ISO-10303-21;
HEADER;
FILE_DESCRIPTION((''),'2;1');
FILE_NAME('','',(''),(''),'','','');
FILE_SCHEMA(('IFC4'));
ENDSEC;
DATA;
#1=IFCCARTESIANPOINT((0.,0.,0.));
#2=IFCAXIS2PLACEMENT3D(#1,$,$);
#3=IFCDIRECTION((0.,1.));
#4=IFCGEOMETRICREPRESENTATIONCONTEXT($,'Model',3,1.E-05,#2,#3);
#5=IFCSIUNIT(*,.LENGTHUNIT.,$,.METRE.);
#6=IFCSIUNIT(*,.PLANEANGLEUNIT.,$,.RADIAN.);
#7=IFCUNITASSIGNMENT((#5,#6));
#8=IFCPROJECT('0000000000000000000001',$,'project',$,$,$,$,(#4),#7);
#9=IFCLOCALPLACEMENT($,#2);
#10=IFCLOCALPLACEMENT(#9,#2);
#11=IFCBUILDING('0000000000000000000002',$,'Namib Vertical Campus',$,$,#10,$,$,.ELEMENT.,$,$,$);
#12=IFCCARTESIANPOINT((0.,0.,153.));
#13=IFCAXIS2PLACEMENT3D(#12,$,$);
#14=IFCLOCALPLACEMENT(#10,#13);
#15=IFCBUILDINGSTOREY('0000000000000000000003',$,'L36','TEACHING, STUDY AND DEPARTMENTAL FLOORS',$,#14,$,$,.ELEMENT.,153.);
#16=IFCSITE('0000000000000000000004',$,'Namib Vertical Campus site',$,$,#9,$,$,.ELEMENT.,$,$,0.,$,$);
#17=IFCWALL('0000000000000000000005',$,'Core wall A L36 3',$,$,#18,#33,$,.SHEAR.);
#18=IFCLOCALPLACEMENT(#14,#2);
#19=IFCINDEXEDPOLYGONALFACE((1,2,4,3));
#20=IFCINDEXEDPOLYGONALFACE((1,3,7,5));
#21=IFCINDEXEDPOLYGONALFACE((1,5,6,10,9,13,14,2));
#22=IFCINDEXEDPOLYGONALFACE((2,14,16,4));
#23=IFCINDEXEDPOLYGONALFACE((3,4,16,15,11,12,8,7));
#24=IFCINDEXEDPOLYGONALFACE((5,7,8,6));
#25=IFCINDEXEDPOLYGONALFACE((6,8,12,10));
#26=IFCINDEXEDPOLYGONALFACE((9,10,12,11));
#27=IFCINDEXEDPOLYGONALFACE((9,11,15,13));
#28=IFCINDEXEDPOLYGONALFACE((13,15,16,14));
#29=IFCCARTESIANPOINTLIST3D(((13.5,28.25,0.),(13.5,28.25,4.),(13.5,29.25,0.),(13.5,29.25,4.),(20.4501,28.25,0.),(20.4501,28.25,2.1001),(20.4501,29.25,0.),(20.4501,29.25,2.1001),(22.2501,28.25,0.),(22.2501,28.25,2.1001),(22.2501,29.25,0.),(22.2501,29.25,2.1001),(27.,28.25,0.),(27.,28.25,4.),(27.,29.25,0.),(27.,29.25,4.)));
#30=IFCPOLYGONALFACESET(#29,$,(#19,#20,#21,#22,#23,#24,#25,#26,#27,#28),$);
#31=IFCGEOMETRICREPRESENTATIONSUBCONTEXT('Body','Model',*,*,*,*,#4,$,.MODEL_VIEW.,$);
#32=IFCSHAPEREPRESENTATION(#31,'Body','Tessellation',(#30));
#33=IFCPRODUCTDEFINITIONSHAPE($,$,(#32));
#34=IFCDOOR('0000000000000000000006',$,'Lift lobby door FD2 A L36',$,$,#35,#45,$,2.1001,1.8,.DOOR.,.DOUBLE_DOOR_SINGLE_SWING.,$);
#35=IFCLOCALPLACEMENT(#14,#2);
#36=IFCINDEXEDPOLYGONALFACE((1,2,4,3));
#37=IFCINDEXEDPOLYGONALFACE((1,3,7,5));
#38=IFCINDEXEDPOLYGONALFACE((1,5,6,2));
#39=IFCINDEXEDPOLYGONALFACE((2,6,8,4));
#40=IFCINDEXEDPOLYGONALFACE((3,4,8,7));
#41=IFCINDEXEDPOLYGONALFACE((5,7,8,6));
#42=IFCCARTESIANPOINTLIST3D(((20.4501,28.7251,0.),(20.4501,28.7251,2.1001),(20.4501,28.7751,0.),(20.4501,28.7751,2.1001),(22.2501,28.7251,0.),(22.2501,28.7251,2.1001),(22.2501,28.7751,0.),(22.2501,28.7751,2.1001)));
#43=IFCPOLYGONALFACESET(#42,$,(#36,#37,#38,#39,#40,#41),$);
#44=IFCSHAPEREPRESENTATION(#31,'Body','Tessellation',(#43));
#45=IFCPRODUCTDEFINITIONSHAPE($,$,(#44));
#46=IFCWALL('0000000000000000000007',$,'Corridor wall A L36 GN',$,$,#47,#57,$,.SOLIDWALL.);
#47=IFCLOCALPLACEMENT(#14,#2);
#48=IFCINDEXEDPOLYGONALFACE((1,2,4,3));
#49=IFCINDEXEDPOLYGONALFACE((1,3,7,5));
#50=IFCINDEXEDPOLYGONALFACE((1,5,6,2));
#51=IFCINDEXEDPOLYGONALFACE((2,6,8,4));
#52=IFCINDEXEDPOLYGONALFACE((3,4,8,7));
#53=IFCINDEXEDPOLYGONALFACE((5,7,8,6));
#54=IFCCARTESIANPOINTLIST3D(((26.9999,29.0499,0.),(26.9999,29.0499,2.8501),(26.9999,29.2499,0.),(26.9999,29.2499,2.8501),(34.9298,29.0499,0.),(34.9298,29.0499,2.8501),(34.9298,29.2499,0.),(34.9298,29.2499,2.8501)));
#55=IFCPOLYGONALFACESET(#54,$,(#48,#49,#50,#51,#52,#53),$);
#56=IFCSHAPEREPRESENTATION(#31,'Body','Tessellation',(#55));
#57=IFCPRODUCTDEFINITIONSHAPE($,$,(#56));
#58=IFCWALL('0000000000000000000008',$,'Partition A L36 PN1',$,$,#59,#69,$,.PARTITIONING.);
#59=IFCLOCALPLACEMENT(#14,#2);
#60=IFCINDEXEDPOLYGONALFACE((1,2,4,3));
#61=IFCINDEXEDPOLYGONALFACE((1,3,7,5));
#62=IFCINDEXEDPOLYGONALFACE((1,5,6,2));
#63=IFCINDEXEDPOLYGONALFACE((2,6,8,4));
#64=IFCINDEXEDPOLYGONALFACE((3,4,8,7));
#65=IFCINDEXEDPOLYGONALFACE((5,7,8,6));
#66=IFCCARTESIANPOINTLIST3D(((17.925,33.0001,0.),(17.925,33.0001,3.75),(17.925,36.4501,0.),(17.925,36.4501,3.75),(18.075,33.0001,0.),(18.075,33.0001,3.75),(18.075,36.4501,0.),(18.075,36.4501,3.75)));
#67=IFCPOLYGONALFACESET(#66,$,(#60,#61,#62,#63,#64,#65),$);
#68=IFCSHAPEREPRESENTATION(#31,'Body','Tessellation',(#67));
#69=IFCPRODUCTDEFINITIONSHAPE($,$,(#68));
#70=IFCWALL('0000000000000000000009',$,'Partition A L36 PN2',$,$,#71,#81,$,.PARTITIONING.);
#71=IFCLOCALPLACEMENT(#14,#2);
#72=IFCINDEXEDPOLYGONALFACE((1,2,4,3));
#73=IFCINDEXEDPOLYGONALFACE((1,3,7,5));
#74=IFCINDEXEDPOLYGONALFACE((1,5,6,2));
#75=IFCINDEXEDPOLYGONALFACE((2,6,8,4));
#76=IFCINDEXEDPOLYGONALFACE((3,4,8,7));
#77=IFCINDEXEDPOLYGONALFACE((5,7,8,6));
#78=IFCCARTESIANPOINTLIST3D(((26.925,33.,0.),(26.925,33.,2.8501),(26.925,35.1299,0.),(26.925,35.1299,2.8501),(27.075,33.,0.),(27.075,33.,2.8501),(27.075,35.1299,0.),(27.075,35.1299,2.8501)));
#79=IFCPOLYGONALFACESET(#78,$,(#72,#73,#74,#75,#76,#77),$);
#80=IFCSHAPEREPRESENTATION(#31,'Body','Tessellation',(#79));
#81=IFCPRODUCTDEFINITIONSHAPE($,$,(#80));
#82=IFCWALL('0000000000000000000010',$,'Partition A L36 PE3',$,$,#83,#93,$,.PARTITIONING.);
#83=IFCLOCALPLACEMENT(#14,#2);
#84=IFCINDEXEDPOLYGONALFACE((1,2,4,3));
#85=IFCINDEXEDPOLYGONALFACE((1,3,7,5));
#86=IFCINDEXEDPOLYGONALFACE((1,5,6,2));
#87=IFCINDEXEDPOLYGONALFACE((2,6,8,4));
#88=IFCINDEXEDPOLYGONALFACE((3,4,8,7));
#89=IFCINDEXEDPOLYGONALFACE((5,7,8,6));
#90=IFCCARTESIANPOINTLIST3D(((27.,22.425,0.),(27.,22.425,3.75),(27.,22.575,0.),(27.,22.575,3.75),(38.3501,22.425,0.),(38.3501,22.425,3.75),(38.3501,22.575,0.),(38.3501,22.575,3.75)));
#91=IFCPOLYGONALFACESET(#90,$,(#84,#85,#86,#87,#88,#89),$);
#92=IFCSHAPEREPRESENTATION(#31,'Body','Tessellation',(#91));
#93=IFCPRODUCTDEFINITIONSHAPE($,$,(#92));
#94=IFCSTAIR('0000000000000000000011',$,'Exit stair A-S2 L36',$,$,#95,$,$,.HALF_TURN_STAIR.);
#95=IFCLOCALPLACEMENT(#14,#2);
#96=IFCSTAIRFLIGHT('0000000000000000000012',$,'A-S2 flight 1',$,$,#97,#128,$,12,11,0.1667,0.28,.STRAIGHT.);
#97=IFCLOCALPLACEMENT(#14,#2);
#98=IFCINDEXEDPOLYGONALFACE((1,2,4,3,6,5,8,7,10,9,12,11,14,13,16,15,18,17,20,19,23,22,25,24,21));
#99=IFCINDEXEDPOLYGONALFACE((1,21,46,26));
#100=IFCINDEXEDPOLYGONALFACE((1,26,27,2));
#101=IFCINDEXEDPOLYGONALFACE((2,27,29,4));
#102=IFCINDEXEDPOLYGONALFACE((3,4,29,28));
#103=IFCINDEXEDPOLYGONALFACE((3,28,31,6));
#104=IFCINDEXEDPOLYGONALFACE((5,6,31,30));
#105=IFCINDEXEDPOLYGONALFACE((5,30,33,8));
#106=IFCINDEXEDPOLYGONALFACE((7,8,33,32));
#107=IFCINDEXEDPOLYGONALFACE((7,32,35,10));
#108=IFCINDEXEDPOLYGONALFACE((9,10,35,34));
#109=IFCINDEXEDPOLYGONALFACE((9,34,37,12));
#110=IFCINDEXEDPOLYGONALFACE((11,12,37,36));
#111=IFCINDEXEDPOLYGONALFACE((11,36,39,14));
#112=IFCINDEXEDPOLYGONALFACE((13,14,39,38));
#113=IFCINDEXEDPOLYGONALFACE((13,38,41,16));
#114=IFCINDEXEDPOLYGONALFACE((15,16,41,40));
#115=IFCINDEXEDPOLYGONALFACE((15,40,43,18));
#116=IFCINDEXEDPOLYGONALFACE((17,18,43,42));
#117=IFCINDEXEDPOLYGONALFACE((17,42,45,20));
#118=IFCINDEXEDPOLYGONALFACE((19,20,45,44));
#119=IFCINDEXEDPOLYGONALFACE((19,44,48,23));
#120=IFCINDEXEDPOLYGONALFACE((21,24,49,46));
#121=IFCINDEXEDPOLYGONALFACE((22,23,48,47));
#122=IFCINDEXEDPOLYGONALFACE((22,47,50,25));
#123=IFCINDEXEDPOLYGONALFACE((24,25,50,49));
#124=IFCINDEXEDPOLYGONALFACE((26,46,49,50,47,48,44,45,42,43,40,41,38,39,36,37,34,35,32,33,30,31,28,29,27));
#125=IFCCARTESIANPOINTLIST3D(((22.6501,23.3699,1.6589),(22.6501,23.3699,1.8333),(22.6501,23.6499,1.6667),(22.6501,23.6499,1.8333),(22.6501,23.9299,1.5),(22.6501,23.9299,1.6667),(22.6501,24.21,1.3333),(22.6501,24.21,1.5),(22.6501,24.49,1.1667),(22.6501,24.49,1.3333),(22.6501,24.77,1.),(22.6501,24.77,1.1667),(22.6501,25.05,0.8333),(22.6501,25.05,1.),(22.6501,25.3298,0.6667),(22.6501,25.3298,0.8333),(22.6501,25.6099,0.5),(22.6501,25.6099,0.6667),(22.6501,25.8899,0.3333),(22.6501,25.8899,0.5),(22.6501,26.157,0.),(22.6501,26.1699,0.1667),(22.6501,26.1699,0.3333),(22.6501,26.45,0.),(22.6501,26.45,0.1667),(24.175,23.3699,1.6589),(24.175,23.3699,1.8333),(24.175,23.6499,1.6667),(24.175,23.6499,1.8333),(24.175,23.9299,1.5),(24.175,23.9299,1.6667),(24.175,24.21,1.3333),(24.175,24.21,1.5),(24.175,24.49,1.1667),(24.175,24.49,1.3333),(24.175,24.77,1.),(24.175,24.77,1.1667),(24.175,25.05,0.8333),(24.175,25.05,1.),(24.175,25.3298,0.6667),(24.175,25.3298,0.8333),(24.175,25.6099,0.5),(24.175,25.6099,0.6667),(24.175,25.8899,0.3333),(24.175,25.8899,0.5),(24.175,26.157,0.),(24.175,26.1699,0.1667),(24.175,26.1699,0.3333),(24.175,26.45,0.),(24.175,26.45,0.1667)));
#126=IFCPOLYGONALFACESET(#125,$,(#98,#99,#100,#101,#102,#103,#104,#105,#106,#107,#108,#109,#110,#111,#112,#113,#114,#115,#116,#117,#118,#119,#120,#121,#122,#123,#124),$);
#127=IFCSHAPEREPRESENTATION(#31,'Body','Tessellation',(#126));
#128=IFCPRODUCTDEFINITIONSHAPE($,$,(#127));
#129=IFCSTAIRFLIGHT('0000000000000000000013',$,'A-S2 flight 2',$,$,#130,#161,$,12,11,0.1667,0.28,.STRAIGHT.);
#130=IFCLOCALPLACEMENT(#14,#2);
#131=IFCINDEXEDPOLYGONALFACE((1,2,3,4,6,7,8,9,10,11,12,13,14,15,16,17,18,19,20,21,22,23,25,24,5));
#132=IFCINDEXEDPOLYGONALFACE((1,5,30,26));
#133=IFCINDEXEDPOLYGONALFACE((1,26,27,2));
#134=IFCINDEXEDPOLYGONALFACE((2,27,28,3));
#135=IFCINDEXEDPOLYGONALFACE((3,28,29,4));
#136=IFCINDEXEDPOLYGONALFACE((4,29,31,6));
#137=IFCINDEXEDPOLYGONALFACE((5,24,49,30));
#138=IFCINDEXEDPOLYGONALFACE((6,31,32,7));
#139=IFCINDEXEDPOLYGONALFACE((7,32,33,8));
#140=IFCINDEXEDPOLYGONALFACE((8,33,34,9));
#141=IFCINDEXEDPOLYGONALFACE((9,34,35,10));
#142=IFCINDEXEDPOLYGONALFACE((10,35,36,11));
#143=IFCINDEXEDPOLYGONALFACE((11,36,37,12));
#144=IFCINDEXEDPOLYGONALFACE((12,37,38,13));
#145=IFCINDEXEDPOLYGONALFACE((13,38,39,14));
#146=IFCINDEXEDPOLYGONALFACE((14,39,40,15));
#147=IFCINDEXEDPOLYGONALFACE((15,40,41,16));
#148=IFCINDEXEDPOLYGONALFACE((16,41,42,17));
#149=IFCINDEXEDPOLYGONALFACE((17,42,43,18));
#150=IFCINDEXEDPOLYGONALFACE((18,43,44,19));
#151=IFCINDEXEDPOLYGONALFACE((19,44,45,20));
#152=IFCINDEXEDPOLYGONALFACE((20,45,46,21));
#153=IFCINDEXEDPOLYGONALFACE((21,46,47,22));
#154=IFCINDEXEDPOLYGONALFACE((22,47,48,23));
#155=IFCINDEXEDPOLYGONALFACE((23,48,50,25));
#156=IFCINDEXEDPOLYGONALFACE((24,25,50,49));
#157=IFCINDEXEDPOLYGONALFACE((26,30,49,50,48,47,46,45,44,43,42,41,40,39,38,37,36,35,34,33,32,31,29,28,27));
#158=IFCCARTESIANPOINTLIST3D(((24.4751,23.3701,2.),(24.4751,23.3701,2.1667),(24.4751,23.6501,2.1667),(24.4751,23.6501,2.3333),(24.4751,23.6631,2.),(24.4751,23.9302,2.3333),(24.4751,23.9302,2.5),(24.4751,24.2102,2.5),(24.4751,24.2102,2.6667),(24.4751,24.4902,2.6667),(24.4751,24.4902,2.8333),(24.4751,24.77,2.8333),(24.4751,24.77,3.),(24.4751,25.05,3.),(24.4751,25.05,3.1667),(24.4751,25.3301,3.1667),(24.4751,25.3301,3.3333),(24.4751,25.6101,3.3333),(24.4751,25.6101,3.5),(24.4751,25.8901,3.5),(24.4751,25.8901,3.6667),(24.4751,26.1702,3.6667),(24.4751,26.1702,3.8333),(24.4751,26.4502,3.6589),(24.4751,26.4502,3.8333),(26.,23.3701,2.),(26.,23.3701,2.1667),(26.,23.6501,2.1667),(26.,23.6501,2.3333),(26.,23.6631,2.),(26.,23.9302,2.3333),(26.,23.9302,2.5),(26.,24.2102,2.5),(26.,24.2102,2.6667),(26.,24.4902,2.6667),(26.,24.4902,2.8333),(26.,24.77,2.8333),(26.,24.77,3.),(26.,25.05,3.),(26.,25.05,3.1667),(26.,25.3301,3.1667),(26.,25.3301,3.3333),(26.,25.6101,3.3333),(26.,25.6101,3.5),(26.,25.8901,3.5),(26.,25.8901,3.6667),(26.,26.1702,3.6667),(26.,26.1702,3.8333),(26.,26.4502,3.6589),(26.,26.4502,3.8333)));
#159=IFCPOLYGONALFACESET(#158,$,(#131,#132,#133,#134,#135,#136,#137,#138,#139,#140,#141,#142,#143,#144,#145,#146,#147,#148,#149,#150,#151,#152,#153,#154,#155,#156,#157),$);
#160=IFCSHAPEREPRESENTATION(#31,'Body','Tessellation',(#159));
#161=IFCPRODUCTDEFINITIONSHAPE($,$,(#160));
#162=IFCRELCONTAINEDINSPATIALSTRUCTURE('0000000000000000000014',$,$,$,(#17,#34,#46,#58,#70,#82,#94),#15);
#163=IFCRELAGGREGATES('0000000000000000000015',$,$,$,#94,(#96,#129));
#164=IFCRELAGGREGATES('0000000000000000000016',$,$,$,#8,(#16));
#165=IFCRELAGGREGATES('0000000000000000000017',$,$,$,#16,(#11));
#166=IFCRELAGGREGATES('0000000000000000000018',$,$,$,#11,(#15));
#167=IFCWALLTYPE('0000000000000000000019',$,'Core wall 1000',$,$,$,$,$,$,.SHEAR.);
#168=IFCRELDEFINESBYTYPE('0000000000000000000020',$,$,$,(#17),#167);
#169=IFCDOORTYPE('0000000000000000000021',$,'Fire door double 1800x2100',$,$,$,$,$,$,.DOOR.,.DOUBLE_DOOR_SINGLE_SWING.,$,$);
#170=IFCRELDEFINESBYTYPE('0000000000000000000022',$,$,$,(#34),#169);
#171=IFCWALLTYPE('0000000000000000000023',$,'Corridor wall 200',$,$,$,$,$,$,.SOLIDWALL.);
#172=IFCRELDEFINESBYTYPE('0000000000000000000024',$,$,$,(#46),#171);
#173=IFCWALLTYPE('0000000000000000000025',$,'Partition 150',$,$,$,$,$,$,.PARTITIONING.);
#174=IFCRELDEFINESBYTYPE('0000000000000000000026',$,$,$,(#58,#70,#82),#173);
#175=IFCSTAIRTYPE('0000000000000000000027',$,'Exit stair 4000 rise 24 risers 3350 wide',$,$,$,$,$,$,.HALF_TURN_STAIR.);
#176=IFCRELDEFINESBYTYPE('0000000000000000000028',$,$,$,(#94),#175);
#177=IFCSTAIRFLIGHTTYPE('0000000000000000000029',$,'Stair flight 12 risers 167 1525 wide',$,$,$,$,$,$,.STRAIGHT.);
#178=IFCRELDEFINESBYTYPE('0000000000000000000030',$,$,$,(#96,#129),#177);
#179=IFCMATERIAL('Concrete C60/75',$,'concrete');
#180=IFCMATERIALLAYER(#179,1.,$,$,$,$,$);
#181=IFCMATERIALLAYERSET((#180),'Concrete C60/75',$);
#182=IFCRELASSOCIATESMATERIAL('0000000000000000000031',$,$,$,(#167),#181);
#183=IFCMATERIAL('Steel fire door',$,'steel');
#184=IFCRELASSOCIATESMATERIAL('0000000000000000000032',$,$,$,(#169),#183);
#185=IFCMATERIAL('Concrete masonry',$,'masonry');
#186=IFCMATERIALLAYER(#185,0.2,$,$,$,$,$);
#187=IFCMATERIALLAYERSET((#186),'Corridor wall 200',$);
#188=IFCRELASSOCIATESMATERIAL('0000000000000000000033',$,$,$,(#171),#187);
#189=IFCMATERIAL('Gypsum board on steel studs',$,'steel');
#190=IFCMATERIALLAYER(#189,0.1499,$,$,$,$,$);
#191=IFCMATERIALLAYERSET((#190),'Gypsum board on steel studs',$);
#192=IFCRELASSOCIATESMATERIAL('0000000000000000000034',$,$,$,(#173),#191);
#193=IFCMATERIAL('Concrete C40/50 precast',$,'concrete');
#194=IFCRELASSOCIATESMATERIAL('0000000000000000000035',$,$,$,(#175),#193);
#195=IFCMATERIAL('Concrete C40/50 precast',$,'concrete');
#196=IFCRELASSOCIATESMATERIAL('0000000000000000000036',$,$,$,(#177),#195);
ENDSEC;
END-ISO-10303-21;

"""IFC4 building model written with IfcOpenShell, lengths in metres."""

from ifc_helpers import new_model, si_unit, direction, frame, frame_2d, origin, place, context, subcontext, project, spatial, polyline, rectangle, outline, extrude, material, layer, layer_set, type_object, element, fill, aggregate, save


model = new_model("IFC4")

# Units and contexts
model_context = context("Model", 3, precision=1e-05, world=origin(), true_north=direction((0.0, 1.0)))
body_context = subcontext(model_context, "Body", "Model", "MODEL_VIEW")
ifc_project = project(units=[si_unit("LENGTHUNIT", "METRE"), si_unit("PLANEANGLEUNIT", "RADIAN")], contexts=[model_context])

# Site, building, storey
site_placement = place(None, origin())
site = spatial("IfcSite", under=ifc_project, at=site_placement, Name="Namib Vertical Campus site", CompositionType="ELEMENT", RefElevation=0.0)
building_placement = place(site_placement, origin())
building = spatial("IfcBuilding", under=site, at=building_placement, Name="Namib Vertical Campus", CompositionType="ELEMENT")
storey_placement = place(building_placement, frame((0.0, 0.0, 153.0)))
storey = spatial("IfcBuildingStorey", under=building, at=storey_placement, Name="L36", Description="TEACHING, STUDY AND DEPARTMENTAL FLOORS", CompositionType="ELEMENT", Elevation=153.0)

# Wall, opening, door
ifc_material_1 = material(Name="Concrete C60/75", Category="concrete")
ifc_layer_1 = layer(ifc_material_1, 1.0)
ifc_layer_set_1 = layer_set([ifc_layer_1], Name="Concrete C60/75")
wall_type_1 = type_object("IfcWallType", Name="Core wall 1000", PredefinedType="SHEAR", material=ifc_layer_set_1)
wall_1_placement = place(storey_placement, frame((27.0, 28.75, 0.0), z_axis=(0.0, 0.0, 1.0), x_axis=(-1.0, 0.0, 0.0)))
wall_1 = element("IfcWall", 1, at=wall_1_placement, inside=storey, type_object=wall_type_1, Name="Core wall A L36 3", PredefinedType="SHEAR", context=body_context, shape_type="SweptSolid", body=[
    extrude(rectangle(XDim=13.5, YDim=1.0, at=frame_2d((6.75, 0.0))), origin(), (0.0, 0.0, 1.0), 4.0),
])
opening_placement = place(wall_1_placement, frame((4.75, 0.0, 0.0)))
opening = element("IfcOpeningElement", 2, at=opening_placement, cuts=wall_1, PredefinedType="OPENING", context=body_context, shape_type="SweptSolid", body=[
    extrude(rectangle(XDim=1.8, YDim=2.1001, at=frame_2d((0.8999, 1.05))), frame((0.0, 0.51, 0.0), z_axis=(0.0, -1.0, 0.0), x_axis=(1.0, 0.0, 0.0)), (0.0, 0.0, 1.0), 1.02),
])
ifc_material_2 = material(Name="Steel fire door", Category="steel")
door_type = type_object("IfcDoorType", Name="Fire door double 1800x2100", OperationType="DOUBLE_DOOR_SINGLE_SWING", PredefinedType="DOOR", material=ifc_material_2)
door_placement = place(opening_placement, origin())
door = element("IfcDoor", 3, at=door_placement, inside=storey, type_object=door_type, Name="Lift lobby door FD2 A L36", OperationType="DOUBLE_DOOR_SINGLE_SWING", OverallHeight=2.1001, OverallWidth=1.8, PredefinedType="DOOR", context=body_context, shape_type="SweptSolid", body=[
    extrude(rectangle(XDim=1.8, YDim=2.1001, at=frame_2d((0.8999, 1.05))), frame((0.0, 0.0249, 0.0), z_axis=(0.0, -1.0, 0.0), x_axis=(1.0, 0.0, 0.0)), (0.0, 0.0, 1.0), 0.05),
])
fill(opening, door)

# Walls
ifc_material_3 = material(Name="Concrete masonry", Category="masonry")
ifc_layer_2 = layer(ifc_material_3, 0.2)
ifc_layer_set_2 = layer_set([ifc_layer_2], Name="Corridor wall 200")
wall_type_2 = type_object("IfcWallType", Name="Corridor wall 200", PredefinedType="SOLIDWALL", material=ifc_layer_set_2)
wall_2_placement = place(storey_placement, frame((27.0, 29.1499, 0.0), z_axis=(0.0, 0.0, 1.0), x_axis=(1.0, 0.0, 0.0)))
element("IfcWall", 4, at=wall_2_placement, inside=storey, type_object=wall_type_2, Name="Corridor wall A L36 GN", PredefinedType="SOLIDWALL", context=body_context, shape_type="SweptSolid", body=[
    extrude(rectangle(XDim=7.9299, YDim=0.2, at=frame_2d((3.9648, 0.0))), origin(), (0.0, 0.0, 1.0), 2.8501),
])
ifc_material_4 = material(Name="Gypsum board on steel studs", Category="steel")
ifc_layer_3 = layer(ifc_material_4, 0.1499)
ifc_layer_set_3 = layer_set([ifc_layer_3], Name="Gypsum board on steel studs")
wall_type_3 = type_object("IfcWallType", Name="Partition 150", PredefinedType="PARTITIONING", material=ifc_layer_set_3)
wall_3_placement = place(storey_placement, frame((18.0, 33.0, 0.0), z_axis=(0.0, 0.0, 1.0), x_axis=(0.0, 1.0, 0.0)))
element("IfcWall", 5, at=wall_3_placement, inside=storey, type_object=wall_type_3, Name="Partition A L36 PN1", PredefinedType="PARTITIONING", context=body_context, shape_type="SweptSolid", body=[
    extrude(rectangle(XDim=3.45, YDim=0.1499, at=frame_2d((1.7251, 0.0))), origin(), (0.0, 0.0, 1.0), 3.75),
])
wall_4_placement = place(storey_placement, frame((27.0, 33.0, 0.0), z_axis=(0.0, 0.0, 1.0), x_axis=(0.0, 1.0, 0.0)))
element("IfcWall", 6, at=wall_4_placement, inside=storey, type_object=wall_type_3, Name="Partition A L36 PN2", PredefinedType="PARTITIONING", context=body_context, shape_type="SweptSolid", body=[
    extrude(rectangle(XDim=2.1299, YDim=0.1499, at=frame_2d((1.0649, 0.0))), origin(), (0.0, 0.0, 1.0), 2.8501),
])
wall_5_placement = place(storey_placement, frame((27.0, 22.5, 0.0), z_axis=(0.0, 0.0, 1.0), x_axis=(1.0, 0.0, 0.0)))
element("IfcWall", 7, at=wall_5_placement, inside=storey, type_object=wall_type_3, Name="Partition A L36 PE3", PredefinedType="PARTITIONING", context=body_context, shape_type="SweptSolid", body=[
    extrude(rectangle(XDim=11.3501, YDim=0.1499, at=frame_2d((5.675, 0.0))), origin(), (0.0, 0.0, 1.0), 3.75),
])

# Stair, stair flights
ifc_material_5 = material(Name="Concrete C40/50 precast", Category="concrete")
stair_type = type_object("IfcStairType", Name="Exit stair 4000 rise 24 risers 3350 wide", PredefinedType="HALF_TURN_STAIR", material=ifc_material_5)
stair_placement = place(storey_placement, origin())
stair = element("IfcStair", 8, at=stair_placement, inside=storey, type_object=stair_type, Name="Exit stair A-S2 L36", PredefinedType="HALF_TURN_STAIR")
ifc_material_6 = material(Name="Concrete C40/50 precast", Category="concrete")
stair_flight_type = type_object("IfcStairFlightType", Name="Stair flight 12 risers 167 1525 wide", PredefinedType="STRAIGHT", material=ifc_material_6)
stair_flight_1_placement = place(storey_placement, frame((23.4126, 26.45, 0.0), z_axis=(0.0, 0.0, 1.0), x_axis=(0.0, -1.0, 0.0)))
stair_flight_1 = element("IfcStairFlight", 9, at=stair_flight_1_placement, type_object=stair_flight_type, Name="A-S2 flight 1", NumberOfRisers=12, NumberOfTreads=11, PredefinedType="STRAIGHT", RiserHeight=0.1667, TreadLength=0.28, context=body_context, shape_type="SweptSolid", body=[
    extrude(outline(polyline([(0.0, 0.0), (0.0, 0.1667), (0.28, 0.1667), (0.28, 0.3333), (0.5601, 0.3333), (0.5601, 0.5), (0.8401, 0.5), (0.8401, 0.6667), (1.1201, 0.6667), (1.1201, 0.8333), (1.3999, 0.8333), (1.3999, 1.0), (1.6799, 1.0), (1.6799, 1.1667), (1.96, 1.1667), (1.96, 1.3333), (2.24, 1.3333), (2.24, 1.5), (2.52, 1.5), (2.52, 1.6667), (2.8, 1.6667), (2.8, 1.8333), (3.0801, 1.8333), (3.0801, 2.0), (3.0801, 1.6589), (0.293, 0.0), (0.0, 0.0)])), frame((0.0, 0.7625, 0.0), z_axis=(0.0, -1.0, 0.0), x_axis=(1.0, 0.0, 0.0)), (0.0, 0.0, 1.0), 1.5249),
])
stair_flight_2_placement = place(storey_placement, frame((25.2375, 23.3701, 2.0), z_axis=(0.0, 0.0, 1.0), x_axis=(0.0, 1.0, 0.0)))
stair_flight_2 = element("IfcStairFlight", 10, at=stair_flight_2_placement, type_object=stair_flight_type, Name="A-S2 flight 2", NumberOfRisers=12, NumberOfTreads=11, PredefinedType="STRAIGHT", RiserHeight=0.1667, TreadLength=0.28, context=body_context, shape_type="SweptSolid", body=[
    extrude(outline(polyline([(0.0, 0.0), (0.0, 0.1667), (0.28, 0.1667), (0.28, 0.3333), (0.5601, 0.3333), (0.5601, 0.5), (0.8401, 0.5), (0.8401, 0.6667), (1.1201, 0.6667), (1.1201, 0.8333), (1.3999, 0.8333), (1.3999, 1.0), (1.6799, 1.0), (1.6799, 1.1667), (1.96, 1.1667), (1.96, 1.3333), (2.24, 1.3333), (2.24, 1.5), (2.52, 1.5), (2.52, 1.6667), (2.8, 1.6667), (2.8, 1.8333), (3.0801, 1.8333), (3.0801, 2.0), (3.0801, 1.6589), (0.293, 0.0), (0.0, 0.0)])), frame((0.0, 0.7625, 0.0), z_axis=(0.0, -1.0, 0.0), x_axis=(1.0, 0.0, 0.0)), (0.0, 0.0, 1.0), 1.5249),
])
aggregate(stair, [stair_flight_1, stair_flight_2])

save(model, "model.ifc")
